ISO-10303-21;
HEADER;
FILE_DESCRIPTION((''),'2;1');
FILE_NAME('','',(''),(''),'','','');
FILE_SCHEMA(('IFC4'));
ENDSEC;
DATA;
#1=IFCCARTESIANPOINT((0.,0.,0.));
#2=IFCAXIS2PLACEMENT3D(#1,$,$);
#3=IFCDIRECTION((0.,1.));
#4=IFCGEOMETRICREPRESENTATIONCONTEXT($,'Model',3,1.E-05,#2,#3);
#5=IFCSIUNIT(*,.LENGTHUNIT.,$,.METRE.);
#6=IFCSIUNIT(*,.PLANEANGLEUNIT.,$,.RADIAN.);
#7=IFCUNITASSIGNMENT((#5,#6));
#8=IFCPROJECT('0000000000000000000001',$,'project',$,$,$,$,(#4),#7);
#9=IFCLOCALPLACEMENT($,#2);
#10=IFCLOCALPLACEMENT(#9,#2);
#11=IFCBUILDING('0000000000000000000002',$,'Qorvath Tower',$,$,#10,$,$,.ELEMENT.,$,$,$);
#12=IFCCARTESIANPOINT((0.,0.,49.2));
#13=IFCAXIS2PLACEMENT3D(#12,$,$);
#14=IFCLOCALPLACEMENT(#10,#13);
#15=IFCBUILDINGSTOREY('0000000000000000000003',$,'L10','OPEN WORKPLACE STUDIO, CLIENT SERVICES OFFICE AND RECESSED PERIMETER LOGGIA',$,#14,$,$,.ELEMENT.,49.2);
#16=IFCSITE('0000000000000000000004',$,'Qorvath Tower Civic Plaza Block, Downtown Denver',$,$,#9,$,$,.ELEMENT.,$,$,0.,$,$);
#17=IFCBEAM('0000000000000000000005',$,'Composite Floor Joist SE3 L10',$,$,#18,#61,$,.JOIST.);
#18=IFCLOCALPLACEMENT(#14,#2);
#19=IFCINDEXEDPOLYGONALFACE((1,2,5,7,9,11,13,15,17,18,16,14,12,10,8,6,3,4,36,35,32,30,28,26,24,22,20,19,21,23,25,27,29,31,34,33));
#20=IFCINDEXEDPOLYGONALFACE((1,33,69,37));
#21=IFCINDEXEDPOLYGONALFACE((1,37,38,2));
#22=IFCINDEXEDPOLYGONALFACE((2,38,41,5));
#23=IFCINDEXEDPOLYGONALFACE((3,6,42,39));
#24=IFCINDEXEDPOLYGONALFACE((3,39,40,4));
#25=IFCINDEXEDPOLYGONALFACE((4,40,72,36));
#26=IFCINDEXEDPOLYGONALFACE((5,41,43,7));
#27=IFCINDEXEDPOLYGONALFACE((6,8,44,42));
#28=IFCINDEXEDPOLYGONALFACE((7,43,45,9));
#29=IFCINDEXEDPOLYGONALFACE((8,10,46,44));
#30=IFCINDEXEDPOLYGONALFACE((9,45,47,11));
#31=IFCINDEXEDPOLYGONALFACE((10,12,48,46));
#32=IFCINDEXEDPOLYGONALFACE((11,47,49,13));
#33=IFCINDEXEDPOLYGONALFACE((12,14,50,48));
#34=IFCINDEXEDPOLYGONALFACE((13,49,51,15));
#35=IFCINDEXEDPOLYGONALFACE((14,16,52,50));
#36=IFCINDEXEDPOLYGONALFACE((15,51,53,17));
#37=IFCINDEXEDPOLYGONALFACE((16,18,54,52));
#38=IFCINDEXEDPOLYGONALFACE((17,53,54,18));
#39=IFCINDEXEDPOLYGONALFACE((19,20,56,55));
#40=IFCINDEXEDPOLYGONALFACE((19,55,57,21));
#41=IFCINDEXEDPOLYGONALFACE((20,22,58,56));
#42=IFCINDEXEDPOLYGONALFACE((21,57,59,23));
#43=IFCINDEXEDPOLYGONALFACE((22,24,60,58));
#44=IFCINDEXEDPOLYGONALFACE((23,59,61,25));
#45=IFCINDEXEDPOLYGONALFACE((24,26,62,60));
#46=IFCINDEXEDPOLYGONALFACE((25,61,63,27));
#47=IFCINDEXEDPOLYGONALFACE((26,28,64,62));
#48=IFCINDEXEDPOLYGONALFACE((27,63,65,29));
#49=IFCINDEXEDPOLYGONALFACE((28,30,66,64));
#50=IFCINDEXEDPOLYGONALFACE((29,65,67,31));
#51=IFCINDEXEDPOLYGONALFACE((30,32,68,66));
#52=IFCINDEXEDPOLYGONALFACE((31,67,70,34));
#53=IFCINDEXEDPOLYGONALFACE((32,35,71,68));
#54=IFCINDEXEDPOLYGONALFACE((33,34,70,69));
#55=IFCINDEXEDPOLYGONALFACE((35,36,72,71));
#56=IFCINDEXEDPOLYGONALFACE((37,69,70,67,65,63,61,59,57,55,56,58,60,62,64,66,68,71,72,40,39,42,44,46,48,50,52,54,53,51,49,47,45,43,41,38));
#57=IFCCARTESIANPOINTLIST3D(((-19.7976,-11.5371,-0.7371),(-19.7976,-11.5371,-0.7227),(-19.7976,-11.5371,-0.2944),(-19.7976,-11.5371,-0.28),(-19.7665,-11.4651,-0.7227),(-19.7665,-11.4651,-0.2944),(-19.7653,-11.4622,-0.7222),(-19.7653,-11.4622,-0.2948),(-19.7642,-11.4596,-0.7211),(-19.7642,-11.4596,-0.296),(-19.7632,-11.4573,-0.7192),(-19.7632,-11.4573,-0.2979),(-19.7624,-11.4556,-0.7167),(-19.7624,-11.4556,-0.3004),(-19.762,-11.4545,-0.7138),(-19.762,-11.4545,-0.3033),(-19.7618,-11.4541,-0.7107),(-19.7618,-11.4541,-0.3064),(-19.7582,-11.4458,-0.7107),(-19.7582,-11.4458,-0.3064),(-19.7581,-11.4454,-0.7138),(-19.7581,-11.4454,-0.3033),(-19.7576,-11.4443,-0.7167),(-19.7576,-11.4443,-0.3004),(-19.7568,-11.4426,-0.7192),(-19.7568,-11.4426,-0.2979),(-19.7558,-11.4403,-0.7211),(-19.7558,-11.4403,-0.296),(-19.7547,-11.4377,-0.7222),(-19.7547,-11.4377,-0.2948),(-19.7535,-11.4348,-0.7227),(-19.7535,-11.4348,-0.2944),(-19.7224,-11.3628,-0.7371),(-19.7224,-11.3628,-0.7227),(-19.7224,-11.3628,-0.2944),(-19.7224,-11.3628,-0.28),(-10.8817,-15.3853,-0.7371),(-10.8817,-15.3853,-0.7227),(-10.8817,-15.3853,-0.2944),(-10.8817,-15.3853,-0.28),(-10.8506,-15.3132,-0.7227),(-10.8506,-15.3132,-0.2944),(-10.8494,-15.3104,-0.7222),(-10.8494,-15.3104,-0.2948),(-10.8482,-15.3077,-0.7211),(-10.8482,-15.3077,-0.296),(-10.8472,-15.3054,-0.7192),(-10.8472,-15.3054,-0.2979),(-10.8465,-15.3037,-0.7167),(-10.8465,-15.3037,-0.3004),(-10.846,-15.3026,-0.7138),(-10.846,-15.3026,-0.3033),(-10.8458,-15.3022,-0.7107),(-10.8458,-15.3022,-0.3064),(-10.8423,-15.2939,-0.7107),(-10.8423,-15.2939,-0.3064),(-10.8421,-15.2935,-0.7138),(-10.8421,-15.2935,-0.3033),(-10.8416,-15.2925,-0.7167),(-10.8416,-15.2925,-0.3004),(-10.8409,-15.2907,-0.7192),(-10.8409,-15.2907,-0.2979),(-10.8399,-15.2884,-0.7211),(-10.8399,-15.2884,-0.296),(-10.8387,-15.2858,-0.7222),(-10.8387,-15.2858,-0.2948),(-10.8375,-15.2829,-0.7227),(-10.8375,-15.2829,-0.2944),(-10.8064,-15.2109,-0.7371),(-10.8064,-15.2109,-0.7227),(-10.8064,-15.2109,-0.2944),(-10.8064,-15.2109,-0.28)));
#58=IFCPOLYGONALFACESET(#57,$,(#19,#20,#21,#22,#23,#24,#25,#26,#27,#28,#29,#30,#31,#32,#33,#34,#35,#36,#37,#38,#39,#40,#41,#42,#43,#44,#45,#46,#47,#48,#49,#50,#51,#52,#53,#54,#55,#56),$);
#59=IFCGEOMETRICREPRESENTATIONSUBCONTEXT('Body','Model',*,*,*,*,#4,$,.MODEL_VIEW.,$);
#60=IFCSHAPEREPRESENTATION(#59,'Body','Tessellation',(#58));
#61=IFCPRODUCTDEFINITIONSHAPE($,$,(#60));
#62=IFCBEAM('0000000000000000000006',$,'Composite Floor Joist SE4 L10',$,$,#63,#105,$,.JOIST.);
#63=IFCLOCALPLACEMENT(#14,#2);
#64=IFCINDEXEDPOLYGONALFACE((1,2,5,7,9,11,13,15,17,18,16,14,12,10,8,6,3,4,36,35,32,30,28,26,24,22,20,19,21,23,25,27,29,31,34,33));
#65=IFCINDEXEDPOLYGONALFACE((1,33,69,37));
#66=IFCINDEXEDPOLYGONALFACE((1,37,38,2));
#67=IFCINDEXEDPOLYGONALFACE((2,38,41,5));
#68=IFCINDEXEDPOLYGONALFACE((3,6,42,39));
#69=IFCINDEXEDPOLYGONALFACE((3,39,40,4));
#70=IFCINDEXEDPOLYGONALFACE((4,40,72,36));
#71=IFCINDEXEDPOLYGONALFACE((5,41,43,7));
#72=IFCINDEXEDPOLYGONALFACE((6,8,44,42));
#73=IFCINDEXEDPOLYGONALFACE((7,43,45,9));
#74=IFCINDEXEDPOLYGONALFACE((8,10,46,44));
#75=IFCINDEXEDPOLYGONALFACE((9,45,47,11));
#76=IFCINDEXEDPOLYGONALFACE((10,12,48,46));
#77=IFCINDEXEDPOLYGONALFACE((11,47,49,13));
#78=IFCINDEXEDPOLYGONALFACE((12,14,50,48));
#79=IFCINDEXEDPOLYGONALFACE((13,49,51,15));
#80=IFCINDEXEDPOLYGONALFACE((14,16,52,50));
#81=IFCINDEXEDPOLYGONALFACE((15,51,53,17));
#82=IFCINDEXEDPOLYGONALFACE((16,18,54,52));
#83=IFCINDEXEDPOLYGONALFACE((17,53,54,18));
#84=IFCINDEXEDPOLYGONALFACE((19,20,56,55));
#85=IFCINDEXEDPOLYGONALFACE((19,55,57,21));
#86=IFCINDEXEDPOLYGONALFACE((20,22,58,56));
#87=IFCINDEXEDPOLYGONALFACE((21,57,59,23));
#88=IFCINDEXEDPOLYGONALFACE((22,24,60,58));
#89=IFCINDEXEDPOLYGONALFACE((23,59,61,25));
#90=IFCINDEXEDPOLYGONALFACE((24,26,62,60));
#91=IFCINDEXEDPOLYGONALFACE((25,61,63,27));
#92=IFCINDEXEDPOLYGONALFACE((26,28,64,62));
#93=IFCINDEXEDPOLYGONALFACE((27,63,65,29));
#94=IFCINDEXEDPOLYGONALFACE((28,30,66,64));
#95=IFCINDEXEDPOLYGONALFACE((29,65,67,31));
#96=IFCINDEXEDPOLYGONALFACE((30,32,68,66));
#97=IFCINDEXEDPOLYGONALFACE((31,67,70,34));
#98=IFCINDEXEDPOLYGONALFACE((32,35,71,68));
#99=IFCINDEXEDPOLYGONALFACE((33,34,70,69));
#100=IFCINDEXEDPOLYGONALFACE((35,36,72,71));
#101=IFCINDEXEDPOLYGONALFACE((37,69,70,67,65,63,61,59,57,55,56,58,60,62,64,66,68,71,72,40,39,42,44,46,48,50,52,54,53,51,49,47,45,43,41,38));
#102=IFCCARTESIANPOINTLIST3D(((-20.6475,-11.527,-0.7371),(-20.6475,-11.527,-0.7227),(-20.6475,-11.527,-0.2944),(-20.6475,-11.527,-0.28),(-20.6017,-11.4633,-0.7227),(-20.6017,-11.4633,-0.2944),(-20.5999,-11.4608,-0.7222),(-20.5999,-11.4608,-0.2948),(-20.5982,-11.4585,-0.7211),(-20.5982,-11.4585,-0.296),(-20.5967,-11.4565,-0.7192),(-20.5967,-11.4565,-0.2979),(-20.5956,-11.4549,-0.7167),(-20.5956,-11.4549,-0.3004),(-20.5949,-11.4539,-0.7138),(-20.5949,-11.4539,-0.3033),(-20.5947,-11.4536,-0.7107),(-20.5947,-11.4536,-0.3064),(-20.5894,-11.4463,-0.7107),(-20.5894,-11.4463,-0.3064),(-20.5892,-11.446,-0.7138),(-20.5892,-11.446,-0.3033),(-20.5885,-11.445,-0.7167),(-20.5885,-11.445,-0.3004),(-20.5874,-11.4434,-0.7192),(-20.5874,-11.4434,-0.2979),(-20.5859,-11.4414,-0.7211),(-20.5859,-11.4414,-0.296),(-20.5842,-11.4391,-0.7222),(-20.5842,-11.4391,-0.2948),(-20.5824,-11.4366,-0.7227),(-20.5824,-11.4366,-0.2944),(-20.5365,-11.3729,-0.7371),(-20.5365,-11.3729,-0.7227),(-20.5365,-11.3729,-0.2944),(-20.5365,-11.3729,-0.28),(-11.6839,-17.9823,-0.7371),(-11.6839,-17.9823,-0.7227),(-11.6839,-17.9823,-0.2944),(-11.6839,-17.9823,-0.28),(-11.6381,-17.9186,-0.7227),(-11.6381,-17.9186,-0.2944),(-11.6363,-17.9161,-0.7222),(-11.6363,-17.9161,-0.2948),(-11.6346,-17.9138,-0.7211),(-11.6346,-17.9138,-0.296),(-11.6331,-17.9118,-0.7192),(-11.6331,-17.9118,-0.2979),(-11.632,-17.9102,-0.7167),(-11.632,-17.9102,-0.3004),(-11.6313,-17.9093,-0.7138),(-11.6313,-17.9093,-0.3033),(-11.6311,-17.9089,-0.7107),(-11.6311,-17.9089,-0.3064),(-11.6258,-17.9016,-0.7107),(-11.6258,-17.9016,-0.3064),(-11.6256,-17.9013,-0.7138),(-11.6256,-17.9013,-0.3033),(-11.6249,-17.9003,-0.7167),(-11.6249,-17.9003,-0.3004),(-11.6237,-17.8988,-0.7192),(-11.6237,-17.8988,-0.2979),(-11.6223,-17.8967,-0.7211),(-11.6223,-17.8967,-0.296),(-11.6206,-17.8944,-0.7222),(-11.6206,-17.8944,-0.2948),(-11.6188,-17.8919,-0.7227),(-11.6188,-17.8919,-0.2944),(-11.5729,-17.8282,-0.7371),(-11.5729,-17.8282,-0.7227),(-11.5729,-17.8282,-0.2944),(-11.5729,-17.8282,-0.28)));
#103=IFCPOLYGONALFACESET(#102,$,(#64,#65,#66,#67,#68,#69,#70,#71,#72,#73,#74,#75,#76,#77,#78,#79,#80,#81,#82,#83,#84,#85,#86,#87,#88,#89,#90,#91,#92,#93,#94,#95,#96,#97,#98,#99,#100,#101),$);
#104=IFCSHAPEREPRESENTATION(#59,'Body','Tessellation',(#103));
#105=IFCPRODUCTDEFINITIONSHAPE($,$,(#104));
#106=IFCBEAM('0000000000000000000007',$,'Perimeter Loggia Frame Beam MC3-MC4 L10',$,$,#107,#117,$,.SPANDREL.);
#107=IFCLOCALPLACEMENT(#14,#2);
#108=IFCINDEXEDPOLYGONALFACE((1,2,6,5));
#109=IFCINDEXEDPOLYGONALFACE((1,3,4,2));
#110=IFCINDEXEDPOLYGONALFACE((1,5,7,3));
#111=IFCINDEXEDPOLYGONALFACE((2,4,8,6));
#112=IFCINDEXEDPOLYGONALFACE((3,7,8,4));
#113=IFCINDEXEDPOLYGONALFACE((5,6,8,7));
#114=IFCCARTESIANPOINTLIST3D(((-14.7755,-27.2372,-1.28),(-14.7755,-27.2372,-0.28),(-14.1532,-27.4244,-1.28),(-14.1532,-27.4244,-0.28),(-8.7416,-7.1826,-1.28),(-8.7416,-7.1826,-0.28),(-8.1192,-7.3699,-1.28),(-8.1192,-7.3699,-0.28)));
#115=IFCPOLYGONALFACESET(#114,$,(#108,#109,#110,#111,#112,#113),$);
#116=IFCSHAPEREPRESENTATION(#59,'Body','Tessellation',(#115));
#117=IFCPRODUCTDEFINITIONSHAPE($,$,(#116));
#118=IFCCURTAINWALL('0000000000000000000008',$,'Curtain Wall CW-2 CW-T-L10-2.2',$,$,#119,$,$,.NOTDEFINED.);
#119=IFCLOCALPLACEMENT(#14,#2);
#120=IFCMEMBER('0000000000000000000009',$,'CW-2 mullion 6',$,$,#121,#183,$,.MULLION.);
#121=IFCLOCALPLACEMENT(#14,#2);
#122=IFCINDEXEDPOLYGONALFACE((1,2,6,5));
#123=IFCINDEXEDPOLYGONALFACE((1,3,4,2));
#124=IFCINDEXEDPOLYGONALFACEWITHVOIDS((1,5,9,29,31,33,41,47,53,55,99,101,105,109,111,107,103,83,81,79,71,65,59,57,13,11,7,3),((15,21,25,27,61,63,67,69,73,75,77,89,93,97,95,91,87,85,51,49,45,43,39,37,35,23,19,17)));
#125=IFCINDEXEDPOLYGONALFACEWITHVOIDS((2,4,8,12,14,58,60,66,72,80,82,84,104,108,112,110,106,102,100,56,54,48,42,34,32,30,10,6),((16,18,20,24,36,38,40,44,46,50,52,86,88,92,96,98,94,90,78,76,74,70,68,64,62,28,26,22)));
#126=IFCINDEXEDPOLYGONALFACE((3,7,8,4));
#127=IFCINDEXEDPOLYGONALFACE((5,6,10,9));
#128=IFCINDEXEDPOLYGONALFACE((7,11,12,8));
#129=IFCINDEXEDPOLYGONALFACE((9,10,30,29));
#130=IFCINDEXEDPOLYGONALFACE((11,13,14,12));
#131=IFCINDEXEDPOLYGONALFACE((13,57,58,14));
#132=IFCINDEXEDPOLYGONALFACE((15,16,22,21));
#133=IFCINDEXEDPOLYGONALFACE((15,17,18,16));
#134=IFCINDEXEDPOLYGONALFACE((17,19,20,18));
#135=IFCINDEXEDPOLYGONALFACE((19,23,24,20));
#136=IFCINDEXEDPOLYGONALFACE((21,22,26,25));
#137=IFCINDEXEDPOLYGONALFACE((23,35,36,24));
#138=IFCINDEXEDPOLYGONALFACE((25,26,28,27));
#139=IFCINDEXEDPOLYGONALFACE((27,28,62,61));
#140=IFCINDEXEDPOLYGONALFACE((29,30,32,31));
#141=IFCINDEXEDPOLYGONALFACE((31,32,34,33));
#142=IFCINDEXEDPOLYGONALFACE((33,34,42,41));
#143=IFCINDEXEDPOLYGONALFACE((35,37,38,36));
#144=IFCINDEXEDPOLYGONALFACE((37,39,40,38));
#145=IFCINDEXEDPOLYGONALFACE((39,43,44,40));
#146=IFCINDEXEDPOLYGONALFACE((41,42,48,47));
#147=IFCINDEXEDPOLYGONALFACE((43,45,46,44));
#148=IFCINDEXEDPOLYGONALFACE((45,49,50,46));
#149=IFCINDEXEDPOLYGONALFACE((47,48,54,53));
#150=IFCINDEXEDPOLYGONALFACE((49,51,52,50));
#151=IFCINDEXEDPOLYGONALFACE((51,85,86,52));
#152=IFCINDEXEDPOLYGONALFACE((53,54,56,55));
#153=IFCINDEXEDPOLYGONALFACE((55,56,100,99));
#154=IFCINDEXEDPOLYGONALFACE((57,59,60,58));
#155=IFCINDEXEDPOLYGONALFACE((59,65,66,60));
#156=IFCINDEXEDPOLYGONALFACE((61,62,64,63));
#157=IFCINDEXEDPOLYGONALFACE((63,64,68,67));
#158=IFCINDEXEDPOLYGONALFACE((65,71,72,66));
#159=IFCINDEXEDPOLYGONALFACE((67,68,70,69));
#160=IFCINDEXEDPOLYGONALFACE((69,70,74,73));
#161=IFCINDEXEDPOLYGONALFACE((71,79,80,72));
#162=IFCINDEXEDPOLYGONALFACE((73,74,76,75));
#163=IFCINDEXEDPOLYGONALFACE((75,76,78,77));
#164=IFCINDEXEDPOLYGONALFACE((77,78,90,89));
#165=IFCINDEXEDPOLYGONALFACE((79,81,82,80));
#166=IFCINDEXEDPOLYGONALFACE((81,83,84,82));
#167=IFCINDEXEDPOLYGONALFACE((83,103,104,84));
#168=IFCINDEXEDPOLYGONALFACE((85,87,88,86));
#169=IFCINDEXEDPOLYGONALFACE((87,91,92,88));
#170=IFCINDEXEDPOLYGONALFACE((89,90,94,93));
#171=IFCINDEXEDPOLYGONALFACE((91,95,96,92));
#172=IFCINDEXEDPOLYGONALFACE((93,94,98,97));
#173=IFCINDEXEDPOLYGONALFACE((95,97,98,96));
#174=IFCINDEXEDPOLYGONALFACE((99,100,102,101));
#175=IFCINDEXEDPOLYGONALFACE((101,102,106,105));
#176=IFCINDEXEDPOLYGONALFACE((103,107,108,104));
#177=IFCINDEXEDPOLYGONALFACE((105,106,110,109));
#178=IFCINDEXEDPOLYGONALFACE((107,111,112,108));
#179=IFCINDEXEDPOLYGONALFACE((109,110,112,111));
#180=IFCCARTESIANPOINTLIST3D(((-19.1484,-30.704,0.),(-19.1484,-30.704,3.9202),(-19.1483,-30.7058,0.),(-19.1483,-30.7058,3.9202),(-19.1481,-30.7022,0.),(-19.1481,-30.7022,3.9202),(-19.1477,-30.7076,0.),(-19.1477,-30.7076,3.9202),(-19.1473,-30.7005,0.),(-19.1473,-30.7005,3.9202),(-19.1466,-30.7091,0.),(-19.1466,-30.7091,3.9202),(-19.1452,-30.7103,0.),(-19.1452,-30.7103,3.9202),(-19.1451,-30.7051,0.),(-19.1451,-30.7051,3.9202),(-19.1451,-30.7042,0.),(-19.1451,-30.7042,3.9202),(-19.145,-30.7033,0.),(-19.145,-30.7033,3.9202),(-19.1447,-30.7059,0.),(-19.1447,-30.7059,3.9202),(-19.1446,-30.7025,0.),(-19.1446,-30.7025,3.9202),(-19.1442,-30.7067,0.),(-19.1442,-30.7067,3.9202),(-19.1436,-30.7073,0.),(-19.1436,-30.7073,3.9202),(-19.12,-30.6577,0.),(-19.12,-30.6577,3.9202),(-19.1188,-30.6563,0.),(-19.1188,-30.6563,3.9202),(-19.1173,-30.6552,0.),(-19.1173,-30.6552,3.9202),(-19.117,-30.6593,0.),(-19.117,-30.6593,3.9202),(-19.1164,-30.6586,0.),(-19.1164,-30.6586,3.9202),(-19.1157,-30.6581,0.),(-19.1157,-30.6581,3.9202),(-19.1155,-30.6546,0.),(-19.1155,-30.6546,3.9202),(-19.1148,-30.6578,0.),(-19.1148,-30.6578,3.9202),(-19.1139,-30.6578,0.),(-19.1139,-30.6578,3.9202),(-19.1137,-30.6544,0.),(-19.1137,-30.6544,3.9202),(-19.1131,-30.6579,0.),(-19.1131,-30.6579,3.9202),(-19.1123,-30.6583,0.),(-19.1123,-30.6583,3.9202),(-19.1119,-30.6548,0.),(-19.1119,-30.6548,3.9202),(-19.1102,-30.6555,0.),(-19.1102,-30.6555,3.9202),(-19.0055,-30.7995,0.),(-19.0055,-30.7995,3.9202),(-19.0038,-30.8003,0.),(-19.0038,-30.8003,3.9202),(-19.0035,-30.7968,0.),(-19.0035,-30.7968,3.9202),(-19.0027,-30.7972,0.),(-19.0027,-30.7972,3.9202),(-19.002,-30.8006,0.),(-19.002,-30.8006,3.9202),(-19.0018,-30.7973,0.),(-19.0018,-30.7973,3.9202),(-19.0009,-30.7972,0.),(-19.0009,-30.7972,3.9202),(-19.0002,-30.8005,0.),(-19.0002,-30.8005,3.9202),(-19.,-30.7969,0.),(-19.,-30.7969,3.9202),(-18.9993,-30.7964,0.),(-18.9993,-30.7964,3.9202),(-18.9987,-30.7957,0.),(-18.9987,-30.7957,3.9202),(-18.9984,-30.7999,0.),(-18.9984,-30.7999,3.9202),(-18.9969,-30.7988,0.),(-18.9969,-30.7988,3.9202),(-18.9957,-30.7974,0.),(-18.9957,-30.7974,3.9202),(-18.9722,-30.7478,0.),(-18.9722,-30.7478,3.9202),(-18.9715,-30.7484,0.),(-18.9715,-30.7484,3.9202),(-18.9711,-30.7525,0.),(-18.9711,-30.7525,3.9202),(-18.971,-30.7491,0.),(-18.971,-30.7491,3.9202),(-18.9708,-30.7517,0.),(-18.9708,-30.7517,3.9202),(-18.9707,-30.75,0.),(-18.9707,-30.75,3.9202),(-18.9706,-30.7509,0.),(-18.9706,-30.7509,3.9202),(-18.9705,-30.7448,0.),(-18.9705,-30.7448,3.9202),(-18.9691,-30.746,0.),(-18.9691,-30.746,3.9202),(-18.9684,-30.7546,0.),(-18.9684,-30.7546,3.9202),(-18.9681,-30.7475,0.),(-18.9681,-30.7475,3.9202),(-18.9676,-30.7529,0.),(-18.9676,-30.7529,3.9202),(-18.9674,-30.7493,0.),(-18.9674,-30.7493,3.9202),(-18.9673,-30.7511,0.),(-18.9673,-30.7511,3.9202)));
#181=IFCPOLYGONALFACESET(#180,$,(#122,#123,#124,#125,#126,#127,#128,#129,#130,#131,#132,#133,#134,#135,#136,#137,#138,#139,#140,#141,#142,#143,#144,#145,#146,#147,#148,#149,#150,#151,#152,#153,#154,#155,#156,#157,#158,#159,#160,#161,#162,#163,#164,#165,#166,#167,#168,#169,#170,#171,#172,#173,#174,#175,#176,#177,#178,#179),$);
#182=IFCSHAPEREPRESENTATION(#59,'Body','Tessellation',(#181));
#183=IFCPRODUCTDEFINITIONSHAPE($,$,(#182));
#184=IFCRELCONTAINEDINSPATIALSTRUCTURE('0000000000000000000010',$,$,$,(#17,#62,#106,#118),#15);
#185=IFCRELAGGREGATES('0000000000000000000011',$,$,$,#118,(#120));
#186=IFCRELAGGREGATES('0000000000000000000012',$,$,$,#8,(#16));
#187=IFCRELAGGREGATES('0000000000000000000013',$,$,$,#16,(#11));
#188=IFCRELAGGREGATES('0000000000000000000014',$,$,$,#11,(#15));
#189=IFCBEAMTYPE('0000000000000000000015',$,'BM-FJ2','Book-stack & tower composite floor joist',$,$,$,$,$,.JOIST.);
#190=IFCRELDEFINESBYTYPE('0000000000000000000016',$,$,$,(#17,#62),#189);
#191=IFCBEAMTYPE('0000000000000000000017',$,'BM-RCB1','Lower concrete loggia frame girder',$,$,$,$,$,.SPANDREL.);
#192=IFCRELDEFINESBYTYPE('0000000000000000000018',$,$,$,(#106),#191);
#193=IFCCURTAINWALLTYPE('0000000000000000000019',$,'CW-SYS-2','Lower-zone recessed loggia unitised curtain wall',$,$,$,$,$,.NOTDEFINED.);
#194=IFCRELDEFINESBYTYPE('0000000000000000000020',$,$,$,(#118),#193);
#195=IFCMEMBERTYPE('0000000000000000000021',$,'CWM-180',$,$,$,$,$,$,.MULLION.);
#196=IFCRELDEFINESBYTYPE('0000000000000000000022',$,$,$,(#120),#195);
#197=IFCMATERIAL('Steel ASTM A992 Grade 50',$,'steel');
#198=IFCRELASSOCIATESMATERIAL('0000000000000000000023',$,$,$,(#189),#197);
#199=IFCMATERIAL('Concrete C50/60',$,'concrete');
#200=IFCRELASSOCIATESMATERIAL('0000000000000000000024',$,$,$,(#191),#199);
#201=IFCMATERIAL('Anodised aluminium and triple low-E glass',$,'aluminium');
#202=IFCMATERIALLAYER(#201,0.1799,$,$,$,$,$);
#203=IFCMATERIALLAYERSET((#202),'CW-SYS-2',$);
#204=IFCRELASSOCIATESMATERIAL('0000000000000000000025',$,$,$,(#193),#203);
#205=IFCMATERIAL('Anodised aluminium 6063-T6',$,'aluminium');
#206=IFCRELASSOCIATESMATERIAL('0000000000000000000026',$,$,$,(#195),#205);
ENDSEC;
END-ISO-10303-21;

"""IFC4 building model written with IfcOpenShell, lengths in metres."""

from ifc_helpers import new_model, si_unit, direction, frame, origin, origin_2d, place, context, subcontext, project, spatial, rectangle, hollow_rectangle, i_section, extrude, material, layer, layer_set, material_profile, profile_set, type_object, element, aggregate, save


model = new_model("IFC4")

# Units and contexts
model_context = context("Model", 3, precision=1e-05, world=origin(), true_north=direction((0.0, 1.0)))
body_context = subcontext(model_context, "Body", "Model", "MODEL_VIEW")
ifc_project = project(units=[si_unit("LENGTHUNIT", "METRE"), si_unit("PLANEANGLEUNIT", "RADIAN")], contexts=[model_context])

# Site, building, storey
site_placement = place(None, origin())
site = spatial("IfcSite", under=ifc_project, at=site_placement, Name="Qorvath Tower Civic Plaza Block, Downtown Denver", CompositionType="ELEMENT", RefElevation=0.0)
building_placement = place(site_placement, origin())
building = spatial("IfcBuilding", under=site, at=building_placement, Name="Qorvath Tower", CompositionType="ELEMENT")
storey_placement = place(building_placement, frame((0.0, 0.0, 49.2)))
storey = spatial("IfcBuildingStorey", under=building, at=storey_placement, Name="L10", Description="OPEN WORKPLACE STUDIO, CLIENT SERVICES OFFICE AND RECESSED PERIMETER LOGGIA", CompositionType="ELEMENT", Elevation=49.2)

# Beams
ifc_material_1 = material(Name="Steel ASTM A992 Grade 50", Category="steel")
ifc_material_profile_1 = material_profile(ifc_material_1, i_section(OverallWidth=0.1899, OverallDepth=0.457, WebThickness=0.009, FlangeThickness=0.0144, FilletRadius=0.012, at=origin_2d()), Name="W18x50")
ifc_profile_set_1 = profile_set([ifc_material_profile_1], Name="Steel ASTM A992 Grade 50")
beam_type_1 = type_object("IfcBeamType", Name="BM-FJ2", Description="Book-stack & tower composite floor joist", PredefinedType="JOIST", material=ifc_profile_set_1)
beam_1_placement = place(storey_placement, frame((-19.76, -11.45, -0.5085), z_axis=(0.918136, -0.396266, 0.0), x_axis=(0.396266, 0.918136, 0.0)))
element("IfcBeam", 1, at=beam_1_placement, inside=storey, type_object=beam_type_1, Name="Composite Floor Joist SE3 L10", PredefinedType="JOIST", context=body_context, shape_type="SweptSolid", body=[
    extrude(i_section(OverallWidth=0.1899, OverallDepth=0.457, WebThickness=0.009, FlangeThickness=0.0144, FilletRadius=0.012, at=origin_2d()), origin(), (0.0, 0.0, 1.0), 9.7109),
])
beam_2_placement = place(storey_placement, frame((-20.592, -11.45, -0.5085), z_axis=(0.811469, -0.584395, 0.0), x_axis=(0.584395, 0.811469, 0.0)))
element("IfcBeam", 2, at=beam_2_placement, inside=storey, type_object=beam_type_1, Name="Composite Floor Joist SE4 L10", PredefinedType="JOIST", context=body_context, shape_type="SweptSolid", body=[
    extrude(i_section(OverallWidth=0.1899, OverallDepth=0.457, WebThickness=0.009, FlangeThickness=0.0144, FilletRadius=0.012, at=origin_2d()), origin(), (0.0, 0.0, 1.0), 11.0461),
])
ifc_material_2 = material(Name="Concrete C50/60", Category="concrete")
ifc_material_profile_2 = material_profile(ifc_material_2, rectangle(XDim=0.6499, YDim=1.0, at=origin_2d()), Name="RCB 1000x650")
ifc_profile_set_2 = profile_set([ifc_material_profile_2], Name="Concrete C50/60")
beam_type_2 = type_object("IfcBeamType", Name="BM-RCB1", Description="Lower concrete loggia frame girder", PredefinedType="SPANDREL", material=ifc_profile_set_2)
beam_3_placement = place(storey_placement, frame((-14.4644, -27.3308, -0.78), z_axis=(0.288119, 0.957595, 0.0), x_axis=(-0.957595, 0.288119, 0.0)))
element("IfcBeam", 3, at=beam_3_placement, inside=storey, type_object=beam_type_2, Name="Perimeter Loggia Frame Beam MC3-MC4 L10", PredefinedType="SPANDREL", context=body_context, shape_type="SweptSolid", body=[
    extrude(rectangle(XDim=0.6499, YDim=1.0, at=origin_2d()), origin(), (0.0, 0.0, 1.0), 20.9426),
])

# Curtain wall, member
ifc_material_3 = material(Name="Anodised aluminium and triple low-E glass", Category="aluminium")
ifc_layer_1 = layer(ifc_material_3, 0.1799)
ifc_layer_set_1 = layer_set([ifc_layer_1], Name="CW-SYS-2")
curtain_wall_type = type_object("IfcCurtainWallType", Name="CW-SYS-2", Description="Lower-zone recessed loggia unitised curtain wall", PredefinedType="NOTDEFINED", material=ifc_layer_set_1)
curtain_wall_1_placement = place(storey_placement, origin())
curtain_wall_1 = element("IfcCurtainWall", 4, at=curtain_wall_1_placement, inside=storey, type_object=curtain_wall_type, Name="Curtain Wall CW-2 CW-T-L10-2.2", PredefinedType="NOTDEFINED")
ifc_material_4 = material(Name="Anodised aluminium 6063-T6", Category="aluminium")
ifc_material_profile_3 = material_profile(ifc_material_4, hollow_rectangle(XDim=0.0649, YDim=0.1799, WallThickness=0.0034, InnerFilletRadius=0.0034, OuterFilletRadius=0.0071, at=origin_2d()), Name="CWM 180x65")
ifc_profile_set_3 = profile_set([ifc_material_profile_3], Name="Anodised aluminium 6063-T6")
member_type_1 = type_object("IfcMemberType", Name="CWM-180", PredefinedType="MULLION", material=ifc_profile_set_3)
member_1_placement = place(storey_placement, frame((-19.0579, -30.7275, 0.0), z_axis=(0.0, 0.0, 1.0), x_axis=(0.538537, 0.842602, 0.0)))
member_1 = element("IfcMember", 5, at=member_1_placement, type_object=member_type_1, Name="CW-2 mullion 6", PredefinedType="MULLION", context=body_context, shape_type="SweptSolid", body=[
    extrude(hollow_rectangle(XDim=0.0649, YDim=0.1799, WallThickness=0.0034, InnerFilletRadius=0.0034, OuterFilletRadius=0.0071, at=origin_2d()), origin(), (0.0, 0.0, 1.0), 3.9202),
])

aggregate(curtain_wall_1, [member_1])

save(model, "model.ifc")
